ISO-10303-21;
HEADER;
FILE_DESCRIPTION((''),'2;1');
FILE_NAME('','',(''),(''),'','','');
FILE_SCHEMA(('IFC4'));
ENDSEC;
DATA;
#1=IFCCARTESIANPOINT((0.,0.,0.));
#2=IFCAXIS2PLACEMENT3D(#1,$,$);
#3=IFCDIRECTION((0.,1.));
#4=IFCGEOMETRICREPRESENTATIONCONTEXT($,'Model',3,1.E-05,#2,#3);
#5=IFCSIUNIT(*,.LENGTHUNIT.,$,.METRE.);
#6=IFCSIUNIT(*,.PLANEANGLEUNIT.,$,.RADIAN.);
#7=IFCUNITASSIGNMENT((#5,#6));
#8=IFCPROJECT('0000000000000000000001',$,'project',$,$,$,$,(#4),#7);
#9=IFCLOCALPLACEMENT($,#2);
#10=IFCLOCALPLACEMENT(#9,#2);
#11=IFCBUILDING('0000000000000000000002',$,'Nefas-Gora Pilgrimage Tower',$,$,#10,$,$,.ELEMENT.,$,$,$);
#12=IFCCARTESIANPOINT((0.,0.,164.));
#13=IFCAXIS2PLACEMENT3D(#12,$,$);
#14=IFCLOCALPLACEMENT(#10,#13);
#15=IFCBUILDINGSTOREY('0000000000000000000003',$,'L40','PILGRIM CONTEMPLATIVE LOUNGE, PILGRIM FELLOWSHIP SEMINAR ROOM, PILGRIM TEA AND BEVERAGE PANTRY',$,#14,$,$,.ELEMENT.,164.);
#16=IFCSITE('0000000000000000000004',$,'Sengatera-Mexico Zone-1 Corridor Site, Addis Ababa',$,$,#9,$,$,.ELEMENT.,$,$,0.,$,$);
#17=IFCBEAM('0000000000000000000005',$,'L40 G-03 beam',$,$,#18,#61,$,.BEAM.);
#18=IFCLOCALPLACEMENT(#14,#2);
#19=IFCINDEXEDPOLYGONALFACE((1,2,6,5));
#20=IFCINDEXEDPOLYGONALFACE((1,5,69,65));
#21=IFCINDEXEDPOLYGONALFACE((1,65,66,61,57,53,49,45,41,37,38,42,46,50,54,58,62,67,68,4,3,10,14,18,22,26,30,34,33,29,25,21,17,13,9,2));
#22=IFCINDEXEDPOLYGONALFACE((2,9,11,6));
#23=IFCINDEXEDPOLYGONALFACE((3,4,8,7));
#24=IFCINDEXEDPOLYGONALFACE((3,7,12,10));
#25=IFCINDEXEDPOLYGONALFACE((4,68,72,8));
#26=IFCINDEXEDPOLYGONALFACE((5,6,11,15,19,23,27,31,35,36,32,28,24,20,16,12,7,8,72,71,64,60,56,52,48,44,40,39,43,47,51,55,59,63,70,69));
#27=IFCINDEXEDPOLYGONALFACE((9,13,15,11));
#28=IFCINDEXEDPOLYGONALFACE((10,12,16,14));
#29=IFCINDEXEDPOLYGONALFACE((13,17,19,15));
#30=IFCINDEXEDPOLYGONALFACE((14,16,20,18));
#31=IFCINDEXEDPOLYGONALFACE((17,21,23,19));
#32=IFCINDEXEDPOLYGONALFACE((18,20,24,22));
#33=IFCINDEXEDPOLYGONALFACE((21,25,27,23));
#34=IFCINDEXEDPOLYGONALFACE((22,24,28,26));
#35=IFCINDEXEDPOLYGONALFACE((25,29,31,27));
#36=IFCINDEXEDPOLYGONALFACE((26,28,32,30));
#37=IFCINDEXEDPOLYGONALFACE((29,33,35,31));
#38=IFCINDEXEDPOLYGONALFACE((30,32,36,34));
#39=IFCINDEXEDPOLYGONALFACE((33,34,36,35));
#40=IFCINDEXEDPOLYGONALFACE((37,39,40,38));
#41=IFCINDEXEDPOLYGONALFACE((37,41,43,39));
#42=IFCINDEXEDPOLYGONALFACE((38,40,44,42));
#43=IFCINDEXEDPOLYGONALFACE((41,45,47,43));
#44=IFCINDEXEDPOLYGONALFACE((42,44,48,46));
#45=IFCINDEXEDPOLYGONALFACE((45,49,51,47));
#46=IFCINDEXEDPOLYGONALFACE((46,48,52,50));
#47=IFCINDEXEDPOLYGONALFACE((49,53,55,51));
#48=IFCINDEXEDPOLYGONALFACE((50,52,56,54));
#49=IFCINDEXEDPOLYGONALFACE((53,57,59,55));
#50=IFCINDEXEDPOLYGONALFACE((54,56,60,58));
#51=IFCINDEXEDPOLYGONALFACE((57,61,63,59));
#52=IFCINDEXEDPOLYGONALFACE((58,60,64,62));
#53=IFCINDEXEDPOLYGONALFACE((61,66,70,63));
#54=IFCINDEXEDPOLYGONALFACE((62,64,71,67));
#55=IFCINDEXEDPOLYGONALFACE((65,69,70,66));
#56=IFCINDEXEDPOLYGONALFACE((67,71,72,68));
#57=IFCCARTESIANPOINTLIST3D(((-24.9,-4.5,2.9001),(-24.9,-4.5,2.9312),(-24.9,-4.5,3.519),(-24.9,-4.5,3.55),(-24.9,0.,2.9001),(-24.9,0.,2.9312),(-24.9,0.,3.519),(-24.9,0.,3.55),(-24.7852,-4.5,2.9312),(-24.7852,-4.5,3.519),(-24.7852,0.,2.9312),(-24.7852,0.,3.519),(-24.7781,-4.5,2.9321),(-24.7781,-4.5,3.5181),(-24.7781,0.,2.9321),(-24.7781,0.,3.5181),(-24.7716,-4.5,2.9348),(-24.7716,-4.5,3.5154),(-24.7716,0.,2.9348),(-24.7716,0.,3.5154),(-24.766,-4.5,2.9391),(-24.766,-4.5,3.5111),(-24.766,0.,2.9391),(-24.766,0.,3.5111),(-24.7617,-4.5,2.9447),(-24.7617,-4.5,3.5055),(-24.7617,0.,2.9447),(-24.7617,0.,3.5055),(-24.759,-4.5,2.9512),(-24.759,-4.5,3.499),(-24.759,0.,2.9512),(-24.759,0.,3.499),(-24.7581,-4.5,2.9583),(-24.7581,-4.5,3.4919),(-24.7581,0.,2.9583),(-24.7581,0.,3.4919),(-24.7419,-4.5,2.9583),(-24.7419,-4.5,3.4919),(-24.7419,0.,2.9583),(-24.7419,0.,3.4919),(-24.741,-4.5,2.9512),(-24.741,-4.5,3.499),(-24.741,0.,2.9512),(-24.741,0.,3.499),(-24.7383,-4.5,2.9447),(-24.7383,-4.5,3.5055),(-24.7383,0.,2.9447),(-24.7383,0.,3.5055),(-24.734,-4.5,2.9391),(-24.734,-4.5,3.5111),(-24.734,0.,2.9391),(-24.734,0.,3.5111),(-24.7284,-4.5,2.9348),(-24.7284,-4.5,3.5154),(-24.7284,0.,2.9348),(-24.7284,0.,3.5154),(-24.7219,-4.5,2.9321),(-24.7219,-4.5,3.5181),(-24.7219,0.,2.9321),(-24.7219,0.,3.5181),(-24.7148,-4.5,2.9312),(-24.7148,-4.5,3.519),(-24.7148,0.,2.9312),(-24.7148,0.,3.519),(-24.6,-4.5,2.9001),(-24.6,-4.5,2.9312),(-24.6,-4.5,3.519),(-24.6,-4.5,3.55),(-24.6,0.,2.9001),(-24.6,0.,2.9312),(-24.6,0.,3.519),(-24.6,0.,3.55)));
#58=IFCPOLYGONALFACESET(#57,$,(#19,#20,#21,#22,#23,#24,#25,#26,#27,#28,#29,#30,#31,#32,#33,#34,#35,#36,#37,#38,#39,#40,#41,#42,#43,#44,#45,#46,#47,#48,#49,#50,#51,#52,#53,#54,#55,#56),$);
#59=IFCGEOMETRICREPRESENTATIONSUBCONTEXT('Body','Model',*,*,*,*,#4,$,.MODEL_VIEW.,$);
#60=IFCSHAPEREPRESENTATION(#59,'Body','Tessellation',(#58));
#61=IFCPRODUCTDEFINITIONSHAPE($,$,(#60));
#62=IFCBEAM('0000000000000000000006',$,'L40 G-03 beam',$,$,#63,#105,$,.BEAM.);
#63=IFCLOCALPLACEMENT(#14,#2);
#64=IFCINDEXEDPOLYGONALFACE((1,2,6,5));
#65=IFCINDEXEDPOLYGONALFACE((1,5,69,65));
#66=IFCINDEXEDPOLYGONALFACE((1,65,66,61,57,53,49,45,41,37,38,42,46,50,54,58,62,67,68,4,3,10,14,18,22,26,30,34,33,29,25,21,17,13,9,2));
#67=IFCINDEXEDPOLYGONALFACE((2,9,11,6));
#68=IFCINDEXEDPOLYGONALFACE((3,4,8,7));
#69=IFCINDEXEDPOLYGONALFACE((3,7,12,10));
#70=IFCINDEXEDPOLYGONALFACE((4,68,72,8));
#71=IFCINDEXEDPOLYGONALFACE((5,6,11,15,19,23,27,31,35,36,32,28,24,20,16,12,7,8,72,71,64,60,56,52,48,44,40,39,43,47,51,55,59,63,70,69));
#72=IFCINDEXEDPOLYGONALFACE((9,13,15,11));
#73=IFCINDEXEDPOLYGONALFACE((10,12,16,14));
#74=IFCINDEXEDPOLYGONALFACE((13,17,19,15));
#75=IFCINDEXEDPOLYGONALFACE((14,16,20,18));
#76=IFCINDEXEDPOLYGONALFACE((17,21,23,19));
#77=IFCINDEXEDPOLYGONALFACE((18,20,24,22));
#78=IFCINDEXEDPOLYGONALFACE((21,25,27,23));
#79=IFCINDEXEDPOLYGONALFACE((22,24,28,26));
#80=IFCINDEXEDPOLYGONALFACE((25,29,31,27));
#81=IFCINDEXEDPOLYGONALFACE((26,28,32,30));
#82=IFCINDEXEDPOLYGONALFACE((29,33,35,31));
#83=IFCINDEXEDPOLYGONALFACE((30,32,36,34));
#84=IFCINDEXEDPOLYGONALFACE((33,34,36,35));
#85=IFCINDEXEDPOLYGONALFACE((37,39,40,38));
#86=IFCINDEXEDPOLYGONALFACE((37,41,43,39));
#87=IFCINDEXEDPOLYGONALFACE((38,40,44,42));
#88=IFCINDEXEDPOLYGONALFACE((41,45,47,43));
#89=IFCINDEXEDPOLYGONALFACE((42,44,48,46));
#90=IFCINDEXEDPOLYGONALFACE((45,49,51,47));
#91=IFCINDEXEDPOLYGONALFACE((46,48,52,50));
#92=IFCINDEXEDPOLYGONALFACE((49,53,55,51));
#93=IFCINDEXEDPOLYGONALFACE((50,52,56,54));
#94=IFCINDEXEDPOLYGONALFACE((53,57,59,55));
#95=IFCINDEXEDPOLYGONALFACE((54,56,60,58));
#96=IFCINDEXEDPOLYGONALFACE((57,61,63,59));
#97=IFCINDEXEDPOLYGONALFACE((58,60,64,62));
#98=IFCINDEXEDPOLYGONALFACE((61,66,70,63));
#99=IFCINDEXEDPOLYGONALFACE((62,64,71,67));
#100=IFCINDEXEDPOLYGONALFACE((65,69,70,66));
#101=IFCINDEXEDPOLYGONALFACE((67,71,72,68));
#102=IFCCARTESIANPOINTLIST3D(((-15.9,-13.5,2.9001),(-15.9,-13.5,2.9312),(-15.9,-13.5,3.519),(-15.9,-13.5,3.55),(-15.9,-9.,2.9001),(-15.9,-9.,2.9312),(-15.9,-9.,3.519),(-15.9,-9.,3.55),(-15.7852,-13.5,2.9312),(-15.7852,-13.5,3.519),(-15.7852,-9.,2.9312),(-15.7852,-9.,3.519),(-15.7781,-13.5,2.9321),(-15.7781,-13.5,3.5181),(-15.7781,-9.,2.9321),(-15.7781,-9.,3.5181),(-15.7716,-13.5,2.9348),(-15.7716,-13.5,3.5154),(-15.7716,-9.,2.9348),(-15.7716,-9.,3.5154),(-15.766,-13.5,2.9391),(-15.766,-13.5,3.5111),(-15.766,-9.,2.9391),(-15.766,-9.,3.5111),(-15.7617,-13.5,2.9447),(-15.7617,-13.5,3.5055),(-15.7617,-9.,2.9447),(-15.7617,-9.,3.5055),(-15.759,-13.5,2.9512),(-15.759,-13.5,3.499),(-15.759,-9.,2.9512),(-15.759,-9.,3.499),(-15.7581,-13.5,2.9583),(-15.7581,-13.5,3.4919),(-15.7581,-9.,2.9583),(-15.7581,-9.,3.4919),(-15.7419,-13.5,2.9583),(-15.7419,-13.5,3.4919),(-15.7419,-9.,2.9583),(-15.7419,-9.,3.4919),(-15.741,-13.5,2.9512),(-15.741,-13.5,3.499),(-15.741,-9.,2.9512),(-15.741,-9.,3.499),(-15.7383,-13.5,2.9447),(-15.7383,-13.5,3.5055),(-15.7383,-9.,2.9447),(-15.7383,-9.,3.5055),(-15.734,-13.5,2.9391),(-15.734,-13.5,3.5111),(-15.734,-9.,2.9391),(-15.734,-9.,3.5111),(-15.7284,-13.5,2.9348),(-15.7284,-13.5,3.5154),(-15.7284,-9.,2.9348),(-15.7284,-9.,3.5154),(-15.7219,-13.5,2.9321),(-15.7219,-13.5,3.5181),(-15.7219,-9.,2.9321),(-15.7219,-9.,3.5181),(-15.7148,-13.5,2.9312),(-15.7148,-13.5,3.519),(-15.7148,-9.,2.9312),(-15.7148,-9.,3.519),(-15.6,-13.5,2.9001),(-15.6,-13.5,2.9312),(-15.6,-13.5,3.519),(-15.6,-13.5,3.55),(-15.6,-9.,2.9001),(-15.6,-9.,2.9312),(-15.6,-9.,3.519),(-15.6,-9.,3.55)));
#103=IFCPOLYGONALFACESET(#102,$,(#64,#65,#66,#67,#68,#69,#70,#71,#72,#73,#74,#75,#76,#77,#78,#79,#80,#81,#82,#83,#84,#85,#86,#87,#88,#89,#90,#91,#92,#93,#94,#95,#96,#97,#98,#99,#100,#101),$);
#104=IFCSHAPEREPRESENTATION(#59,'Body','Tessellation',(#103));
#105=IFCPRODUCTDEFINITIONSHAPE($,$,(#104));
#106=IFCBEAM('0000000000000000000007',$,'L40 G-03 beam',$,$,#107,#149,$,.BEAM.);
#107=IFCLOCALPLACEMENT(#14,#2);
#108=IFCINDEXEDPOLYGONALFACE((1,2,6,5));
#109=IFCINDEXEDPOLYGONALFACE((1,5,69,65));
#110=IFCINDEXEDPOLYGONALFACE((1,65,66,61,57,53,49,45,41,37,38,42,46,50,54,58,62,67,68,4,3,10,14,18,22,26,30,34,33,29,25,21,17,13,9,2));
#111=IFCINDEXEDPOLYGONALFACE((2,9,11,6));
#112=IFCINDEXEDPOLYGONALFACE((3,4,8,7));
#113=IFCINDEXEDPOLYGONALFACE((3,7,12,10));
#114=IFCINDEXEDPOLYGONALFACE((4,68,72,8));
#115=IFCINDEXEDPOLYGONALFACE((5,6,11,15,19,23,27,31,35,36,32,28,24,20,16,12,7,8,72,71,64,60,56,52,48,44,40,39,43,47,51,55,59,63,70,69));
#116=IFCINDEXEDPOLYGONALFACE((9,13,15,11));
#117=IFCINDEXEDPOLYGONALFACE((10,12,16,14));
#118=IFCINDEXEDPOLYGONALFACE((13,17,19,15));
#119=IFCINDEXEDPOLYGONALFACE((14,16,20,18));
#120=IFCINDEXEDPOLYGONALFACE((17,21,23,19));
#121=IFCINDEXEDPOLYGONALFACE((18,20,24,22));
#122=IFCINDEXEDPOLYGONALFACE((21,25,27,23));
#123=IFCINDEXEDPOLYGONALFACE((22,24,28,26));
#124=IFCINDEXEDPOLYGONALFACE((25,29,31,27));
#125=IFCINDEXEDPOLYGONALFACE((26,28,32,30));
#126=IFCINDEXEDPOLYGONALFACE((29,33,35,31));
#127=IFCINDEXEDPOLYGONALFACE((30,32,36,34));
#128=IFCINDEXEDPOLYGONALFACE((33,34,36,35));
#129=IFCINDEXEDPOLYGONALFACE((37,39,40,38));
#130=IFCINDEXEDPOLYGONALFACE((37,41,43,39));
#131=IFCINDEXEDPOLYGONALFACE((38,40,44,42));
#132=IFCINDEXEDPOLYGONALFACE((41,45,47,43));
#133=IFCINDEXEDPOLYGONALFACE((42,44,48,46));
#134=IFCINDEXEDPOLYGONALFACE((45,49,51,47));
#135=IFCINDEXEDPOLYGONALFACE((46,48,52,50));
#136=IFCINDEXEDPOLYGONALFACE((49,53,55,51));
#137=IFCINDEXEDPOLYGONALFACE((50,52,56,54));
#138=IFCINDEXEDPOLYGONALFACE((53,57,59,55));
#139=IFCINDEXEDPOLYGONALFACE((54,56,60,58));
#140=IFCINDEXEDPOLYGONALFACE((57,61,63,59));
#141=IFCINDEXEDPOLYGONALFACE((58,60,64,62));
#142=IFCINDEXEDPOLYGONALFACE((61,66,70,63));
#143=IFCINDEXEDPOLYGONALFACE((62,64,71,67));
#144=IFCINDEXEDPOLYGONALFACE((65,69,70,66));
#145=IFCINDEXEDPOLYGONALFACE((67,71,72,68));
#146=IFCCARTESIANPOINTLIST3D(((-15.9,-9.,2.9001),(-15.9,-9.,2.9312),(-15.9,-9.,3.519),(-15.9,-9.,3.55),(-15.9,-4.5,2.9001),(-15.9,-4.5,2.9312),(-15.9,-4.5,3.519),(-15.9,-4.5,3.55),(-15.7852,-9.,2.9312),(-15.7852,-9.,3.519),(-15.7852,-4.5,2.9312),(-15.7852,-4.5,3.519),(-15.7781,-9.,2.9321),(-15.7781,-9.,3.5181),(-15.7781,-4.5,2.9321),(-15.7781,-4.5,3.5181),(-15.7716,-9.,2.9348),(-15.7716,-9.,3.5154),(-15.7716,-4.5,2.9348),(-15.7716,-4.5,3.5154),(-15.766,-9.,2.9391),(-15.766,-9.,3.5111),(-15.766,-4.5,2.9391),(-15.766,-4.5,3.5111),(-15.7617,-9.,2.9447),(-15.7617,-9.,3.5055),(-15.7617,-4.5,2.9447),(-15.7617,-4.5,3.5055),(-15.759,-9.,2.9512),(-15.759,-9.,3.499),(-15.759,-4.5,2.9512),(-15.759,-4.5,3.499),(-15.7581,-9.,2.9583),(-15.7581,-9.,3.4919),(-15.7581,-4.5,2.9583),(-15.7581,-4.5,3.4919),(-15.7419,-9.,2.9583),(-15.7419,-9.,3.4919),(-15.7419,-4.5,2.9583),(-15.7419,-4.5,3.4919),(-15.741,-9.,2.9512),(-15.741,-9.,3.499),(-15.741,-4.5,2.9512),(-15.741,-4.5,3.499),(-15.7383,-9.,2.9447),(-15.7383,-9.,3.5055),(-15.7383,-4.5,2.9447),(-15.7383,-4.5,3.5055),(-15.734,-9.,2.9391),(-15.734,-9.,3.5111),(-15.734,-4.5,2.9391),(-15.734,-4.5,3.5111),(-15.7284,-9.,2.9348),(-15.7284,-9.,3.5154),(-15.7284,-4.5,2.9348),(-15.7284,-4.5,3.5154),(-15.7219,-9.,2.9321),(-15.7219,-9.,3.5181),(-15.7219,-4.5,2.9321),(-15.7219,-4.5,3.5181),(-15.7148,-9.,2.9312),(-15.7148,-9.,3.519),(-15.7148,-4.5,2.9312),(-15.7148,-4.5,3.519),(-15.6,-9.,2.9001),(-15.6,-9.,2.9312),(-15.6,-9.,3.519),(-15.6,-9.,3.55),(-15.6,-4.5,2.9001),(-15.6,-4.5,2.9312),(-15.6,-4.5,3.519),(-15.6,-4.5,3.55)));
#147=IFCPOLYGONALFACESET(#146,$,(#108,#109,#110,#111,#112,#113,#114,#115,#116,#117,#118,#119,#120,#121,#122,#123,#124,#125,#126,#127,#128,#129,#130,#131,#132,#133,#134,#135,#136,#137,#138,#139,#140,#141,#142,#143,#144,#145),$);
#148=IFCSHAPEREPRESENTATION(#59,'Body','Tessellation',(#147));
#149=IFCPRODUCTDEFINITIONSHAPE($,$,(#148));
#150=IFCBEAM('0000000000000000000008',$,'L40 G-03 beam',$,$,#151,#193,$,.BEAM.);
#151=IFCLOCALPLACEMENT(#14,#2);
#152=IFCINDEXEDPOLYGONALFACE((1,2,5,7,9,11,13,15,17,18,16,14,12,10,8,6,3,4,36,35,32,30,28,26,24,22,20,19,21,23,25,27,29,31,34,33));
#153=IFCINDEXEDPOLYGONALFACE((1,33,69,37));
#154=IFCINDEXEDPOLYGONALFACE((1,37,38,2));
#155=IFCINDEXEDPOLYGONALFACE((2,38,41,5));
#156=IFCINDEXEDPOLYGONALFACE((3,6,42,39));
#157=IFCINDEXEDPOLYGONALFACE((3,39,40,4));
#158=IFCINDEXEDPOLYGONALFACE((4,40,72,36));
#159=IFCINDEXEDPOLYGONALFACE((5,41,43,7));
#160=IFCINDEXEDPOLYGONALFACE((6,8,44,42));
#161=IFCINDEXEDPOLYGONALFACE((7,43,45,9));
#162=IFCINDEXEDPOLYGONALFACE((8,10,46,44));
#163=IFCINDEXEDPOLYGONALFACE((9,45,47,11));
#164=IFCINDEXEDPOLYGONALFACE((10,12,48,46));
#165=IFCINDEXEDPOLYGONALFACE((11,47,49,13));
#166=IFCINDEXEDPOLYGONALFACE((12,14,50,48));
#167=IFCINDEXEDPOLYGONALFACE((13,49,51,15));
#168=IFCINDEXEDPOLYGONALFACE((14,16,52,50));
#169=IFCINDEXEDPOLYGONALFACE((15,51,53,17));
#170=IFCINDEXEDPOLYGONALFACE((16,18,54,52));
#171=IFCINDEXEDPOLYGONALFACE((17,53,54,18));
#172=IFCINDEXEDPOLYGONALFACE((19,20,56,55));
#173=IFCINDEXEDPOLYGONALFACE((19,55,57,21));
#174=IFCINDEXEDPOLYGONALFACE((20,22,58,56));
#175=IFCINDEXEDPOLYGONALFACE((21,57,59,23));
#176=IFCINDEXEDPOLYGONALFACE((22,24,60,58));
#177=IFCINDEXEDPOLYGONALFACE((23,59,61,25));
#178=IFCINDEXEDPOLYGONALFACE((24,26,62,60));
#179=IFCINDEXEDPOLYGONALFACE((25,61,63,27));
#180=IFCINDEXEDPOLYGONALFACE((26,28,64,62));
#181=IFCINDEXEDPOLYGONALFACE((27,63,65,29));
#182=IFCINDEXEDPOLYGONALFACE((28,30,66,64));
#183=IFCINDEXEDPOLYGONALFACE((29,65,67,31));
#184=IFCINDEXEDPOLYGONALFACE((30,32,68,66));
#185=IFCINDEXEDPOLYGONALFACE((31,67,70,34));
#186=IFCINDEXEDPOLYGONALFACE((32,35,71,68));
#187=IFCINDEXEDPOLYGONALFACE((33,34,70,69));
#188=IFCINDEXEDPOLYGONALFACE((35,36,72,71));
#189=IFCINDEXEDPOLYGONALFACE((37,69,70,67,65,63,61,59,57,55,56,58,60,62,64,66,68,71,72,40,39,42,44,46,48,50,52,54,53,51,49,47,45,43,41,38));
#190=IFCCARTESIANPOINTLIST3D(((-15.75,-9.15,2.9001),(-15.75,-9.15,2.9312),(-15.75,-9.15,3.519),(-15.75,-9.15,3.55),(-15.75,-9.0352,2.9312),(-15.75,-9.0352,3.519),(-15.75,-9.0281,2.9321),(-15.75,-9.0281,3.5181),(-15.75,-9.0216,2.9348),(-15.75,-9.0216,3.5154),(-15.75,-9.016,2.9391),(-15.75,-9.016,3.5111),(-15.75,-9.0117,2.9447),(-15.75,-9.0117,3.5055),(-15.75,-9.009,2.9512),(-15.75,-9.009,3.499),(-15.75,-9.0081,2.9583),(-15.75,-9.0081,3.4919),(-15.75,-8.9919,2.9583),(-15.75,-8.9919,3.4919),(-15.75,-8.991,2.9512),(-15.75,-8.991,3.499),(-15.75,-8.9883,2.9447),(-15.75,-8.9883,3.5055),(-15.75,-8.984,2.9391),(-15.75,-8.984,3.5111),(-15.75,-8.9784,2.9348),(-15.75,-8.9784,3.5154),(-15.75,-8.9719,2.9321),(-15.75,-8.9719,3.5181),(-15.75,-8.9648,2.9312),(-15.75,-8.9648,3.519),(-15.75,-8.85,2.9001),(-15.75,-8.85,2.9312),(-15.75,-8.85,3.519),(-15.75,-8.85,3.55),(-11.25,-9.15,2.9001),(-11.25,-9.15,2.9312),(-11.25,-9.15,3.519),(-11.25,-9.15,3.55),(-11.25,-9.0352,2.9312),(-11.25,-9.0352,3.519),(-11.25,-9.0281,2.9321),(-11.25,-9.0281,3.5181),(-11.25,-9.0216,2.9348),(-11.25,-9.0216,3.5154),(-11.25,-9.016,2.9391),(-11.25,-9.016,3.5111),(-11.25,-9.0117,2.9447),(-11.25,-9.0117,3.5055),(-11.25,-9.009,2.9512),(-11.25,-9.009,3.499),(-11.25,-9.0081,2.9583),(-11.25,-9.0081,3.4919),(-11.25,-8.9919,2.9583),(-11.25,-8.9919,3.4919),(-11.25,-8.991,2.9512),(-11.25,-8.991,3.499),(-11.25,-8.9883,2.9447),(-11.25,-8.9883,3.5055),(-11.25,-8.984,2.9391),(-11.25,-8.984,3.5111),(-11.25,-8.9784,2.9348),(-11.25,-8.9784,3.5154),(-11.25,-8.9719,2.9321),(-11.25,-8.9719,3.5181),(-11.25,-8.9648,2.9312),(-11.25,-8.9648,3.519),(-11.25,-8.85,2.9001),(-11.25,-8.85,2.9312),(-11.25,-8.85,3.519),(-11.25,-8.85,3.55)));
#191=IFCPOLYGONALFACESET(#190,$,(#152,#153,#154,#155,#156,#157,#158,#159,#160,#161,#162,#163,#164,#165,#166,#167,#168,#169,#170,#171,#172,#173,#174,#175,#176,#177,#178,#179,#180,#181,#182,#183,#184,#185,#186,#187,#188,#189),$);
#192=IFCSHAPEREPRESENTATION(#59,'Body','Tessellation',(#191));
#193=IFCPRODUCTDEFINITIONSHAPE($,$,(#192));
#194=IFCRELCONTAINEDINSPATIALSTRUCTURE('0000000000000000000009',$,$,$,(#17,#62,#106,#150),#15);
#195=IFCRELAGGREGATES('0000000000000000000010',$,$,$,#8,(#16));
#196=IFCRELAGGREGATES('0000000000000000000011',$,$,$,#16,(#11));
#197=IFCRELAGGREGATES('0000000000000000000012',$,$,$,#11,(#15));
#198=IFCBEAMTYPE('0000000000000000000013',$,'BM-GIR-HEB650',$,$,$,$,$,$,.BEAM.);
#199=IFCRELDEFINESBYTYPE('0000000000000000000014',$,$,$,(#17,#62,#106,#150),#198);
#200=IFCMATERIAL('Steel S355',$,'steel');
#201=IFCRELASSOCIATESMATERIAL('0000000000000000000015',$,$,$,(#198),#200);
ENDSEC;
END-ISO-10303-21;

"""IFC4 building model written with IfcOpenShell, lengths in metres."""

from ifc_helpers import new_model, si_unit, direction, frame, origin, origin_2d, place, context, subcontext, project, spatial, i_section, extrude, source, transform, mapped, material, material_profile, profile_set, type_object, element, save


model = new_model("IFC4")

# Units and contexts
model_context = context("Model", 3, precision=1e-05, world=origin(), true_north=direction((0.0, 1.0)))
body_context = subcontext(model_context, "Body", "Model", "MODEL_VIEW")
ifc_project = project(units=[si_unit("LENGTHUNIT", "METRE"), si_unit("PLANEANGLEUNIT", "RADIAN")], contexts=[model_context])

# Site, building, storey
site_placement = place(None, origin())
site = spatial("IfcSite", under=ifc_project, at=site_placement, Name="Sengatera-Mexico Zone-1 Corridor Site, Addis Ababa", CompositionType="ELEMENT", RefElevation=0.0)
building_placement = place(site_placement, origin())
building = spatial("IfcBuilding", under=site, at=building_placement, Name="Nefas-Gora Pilgrimage Tower", CompositionType="ELEMENT")
storey_placement = place(building_placement, frame((0.0, 0.0, 164.0)))
storey = spatial("IfcBuildingStorey", under=building, at=storey_placement, Name="L40", Description="PILGRIM CONTEMPLATIVE LOUNGE, PILGRIM FELLOWSHIP SEMINAR ROOM, PILGRIM TEA AND BEVERAGE PANTRY", CompositionType="ELEMENT", Elevation=164.0)

# Beams
ifc_material_1 = material(Name="Steel S355", Category="steel")
ifc_material_profile_1 = material_profile(ifc_material_1, i_section(OverallWidth=0.3, OverallDepth=0.6499, WebThickness=0.0161, FlangeThickness=0.031, FilletRadius=0.0271, at=origin_2d()), Name="HEB 650")
ifc_profile_set_1 = profile_set([ifc_material_profile_1], Name="Steel S355")
beam_type_1 = type_object("IfcBeamType", Name="BM-GIR-HEB650", PredefinedType="BEAM", material=ifc_profile_set_1)
shared_shape_1 = source(origin(), body_context, "Body", "SweptSolid", [
    extrude(i_section(OverallWidth=0.3, OverallDepth=0.6499, WebThickness=0.0161, FlangeThickness=0.031, FilletRadius=0.0271, at=origin_2d()), origin(), (0.0, 0.0, 1.0), 4.5),
])
for number, where, z_axis, x_axis, name in (
    (1, (-24.75, -4.5, 3.2251), (0.0, 1.0, 0.0), (-1.0, 0.0, 0.0), "L40 G-03 beam"),
    (2, (-15.75, -13.5, 3.2251), (0.0, 1.0, 0.0), (-1.0, 0.0, 0.0), "L40 G-03 beam"),
    (3, (-15.75, -9.0, 3.2251), (0.0, 1.0, 0.0), (-1.0, 0.0, 0.0), "L40 G-03 beam"),
    (4, (-15.75, -9.0, 3.2251), (1.0, 0.0, 0.0), (0.0, 1.0, 0.0), "L40 G-03 beam"),
):
    element("IfcBeam", number, at=place(storey_placement, frame(where, z_axis=z_axis, x_axis=x_axis)), inside=storey, type_object=beam_type_1, Name=name, PredefinedType="BEAM", context=body_context, shape_type="MappedRepresentation", body=[
        mapped(shared_shape_1, transform((0.0, 0.0, 0.0), x_axis=(1.0, 0.0, 0.0), y_axis=(0.0, 1.0, 0.0), z_axis=(0.0, 0.0, 1.0), scale=1.0)),
    ])

save(model, "model.ifc")
